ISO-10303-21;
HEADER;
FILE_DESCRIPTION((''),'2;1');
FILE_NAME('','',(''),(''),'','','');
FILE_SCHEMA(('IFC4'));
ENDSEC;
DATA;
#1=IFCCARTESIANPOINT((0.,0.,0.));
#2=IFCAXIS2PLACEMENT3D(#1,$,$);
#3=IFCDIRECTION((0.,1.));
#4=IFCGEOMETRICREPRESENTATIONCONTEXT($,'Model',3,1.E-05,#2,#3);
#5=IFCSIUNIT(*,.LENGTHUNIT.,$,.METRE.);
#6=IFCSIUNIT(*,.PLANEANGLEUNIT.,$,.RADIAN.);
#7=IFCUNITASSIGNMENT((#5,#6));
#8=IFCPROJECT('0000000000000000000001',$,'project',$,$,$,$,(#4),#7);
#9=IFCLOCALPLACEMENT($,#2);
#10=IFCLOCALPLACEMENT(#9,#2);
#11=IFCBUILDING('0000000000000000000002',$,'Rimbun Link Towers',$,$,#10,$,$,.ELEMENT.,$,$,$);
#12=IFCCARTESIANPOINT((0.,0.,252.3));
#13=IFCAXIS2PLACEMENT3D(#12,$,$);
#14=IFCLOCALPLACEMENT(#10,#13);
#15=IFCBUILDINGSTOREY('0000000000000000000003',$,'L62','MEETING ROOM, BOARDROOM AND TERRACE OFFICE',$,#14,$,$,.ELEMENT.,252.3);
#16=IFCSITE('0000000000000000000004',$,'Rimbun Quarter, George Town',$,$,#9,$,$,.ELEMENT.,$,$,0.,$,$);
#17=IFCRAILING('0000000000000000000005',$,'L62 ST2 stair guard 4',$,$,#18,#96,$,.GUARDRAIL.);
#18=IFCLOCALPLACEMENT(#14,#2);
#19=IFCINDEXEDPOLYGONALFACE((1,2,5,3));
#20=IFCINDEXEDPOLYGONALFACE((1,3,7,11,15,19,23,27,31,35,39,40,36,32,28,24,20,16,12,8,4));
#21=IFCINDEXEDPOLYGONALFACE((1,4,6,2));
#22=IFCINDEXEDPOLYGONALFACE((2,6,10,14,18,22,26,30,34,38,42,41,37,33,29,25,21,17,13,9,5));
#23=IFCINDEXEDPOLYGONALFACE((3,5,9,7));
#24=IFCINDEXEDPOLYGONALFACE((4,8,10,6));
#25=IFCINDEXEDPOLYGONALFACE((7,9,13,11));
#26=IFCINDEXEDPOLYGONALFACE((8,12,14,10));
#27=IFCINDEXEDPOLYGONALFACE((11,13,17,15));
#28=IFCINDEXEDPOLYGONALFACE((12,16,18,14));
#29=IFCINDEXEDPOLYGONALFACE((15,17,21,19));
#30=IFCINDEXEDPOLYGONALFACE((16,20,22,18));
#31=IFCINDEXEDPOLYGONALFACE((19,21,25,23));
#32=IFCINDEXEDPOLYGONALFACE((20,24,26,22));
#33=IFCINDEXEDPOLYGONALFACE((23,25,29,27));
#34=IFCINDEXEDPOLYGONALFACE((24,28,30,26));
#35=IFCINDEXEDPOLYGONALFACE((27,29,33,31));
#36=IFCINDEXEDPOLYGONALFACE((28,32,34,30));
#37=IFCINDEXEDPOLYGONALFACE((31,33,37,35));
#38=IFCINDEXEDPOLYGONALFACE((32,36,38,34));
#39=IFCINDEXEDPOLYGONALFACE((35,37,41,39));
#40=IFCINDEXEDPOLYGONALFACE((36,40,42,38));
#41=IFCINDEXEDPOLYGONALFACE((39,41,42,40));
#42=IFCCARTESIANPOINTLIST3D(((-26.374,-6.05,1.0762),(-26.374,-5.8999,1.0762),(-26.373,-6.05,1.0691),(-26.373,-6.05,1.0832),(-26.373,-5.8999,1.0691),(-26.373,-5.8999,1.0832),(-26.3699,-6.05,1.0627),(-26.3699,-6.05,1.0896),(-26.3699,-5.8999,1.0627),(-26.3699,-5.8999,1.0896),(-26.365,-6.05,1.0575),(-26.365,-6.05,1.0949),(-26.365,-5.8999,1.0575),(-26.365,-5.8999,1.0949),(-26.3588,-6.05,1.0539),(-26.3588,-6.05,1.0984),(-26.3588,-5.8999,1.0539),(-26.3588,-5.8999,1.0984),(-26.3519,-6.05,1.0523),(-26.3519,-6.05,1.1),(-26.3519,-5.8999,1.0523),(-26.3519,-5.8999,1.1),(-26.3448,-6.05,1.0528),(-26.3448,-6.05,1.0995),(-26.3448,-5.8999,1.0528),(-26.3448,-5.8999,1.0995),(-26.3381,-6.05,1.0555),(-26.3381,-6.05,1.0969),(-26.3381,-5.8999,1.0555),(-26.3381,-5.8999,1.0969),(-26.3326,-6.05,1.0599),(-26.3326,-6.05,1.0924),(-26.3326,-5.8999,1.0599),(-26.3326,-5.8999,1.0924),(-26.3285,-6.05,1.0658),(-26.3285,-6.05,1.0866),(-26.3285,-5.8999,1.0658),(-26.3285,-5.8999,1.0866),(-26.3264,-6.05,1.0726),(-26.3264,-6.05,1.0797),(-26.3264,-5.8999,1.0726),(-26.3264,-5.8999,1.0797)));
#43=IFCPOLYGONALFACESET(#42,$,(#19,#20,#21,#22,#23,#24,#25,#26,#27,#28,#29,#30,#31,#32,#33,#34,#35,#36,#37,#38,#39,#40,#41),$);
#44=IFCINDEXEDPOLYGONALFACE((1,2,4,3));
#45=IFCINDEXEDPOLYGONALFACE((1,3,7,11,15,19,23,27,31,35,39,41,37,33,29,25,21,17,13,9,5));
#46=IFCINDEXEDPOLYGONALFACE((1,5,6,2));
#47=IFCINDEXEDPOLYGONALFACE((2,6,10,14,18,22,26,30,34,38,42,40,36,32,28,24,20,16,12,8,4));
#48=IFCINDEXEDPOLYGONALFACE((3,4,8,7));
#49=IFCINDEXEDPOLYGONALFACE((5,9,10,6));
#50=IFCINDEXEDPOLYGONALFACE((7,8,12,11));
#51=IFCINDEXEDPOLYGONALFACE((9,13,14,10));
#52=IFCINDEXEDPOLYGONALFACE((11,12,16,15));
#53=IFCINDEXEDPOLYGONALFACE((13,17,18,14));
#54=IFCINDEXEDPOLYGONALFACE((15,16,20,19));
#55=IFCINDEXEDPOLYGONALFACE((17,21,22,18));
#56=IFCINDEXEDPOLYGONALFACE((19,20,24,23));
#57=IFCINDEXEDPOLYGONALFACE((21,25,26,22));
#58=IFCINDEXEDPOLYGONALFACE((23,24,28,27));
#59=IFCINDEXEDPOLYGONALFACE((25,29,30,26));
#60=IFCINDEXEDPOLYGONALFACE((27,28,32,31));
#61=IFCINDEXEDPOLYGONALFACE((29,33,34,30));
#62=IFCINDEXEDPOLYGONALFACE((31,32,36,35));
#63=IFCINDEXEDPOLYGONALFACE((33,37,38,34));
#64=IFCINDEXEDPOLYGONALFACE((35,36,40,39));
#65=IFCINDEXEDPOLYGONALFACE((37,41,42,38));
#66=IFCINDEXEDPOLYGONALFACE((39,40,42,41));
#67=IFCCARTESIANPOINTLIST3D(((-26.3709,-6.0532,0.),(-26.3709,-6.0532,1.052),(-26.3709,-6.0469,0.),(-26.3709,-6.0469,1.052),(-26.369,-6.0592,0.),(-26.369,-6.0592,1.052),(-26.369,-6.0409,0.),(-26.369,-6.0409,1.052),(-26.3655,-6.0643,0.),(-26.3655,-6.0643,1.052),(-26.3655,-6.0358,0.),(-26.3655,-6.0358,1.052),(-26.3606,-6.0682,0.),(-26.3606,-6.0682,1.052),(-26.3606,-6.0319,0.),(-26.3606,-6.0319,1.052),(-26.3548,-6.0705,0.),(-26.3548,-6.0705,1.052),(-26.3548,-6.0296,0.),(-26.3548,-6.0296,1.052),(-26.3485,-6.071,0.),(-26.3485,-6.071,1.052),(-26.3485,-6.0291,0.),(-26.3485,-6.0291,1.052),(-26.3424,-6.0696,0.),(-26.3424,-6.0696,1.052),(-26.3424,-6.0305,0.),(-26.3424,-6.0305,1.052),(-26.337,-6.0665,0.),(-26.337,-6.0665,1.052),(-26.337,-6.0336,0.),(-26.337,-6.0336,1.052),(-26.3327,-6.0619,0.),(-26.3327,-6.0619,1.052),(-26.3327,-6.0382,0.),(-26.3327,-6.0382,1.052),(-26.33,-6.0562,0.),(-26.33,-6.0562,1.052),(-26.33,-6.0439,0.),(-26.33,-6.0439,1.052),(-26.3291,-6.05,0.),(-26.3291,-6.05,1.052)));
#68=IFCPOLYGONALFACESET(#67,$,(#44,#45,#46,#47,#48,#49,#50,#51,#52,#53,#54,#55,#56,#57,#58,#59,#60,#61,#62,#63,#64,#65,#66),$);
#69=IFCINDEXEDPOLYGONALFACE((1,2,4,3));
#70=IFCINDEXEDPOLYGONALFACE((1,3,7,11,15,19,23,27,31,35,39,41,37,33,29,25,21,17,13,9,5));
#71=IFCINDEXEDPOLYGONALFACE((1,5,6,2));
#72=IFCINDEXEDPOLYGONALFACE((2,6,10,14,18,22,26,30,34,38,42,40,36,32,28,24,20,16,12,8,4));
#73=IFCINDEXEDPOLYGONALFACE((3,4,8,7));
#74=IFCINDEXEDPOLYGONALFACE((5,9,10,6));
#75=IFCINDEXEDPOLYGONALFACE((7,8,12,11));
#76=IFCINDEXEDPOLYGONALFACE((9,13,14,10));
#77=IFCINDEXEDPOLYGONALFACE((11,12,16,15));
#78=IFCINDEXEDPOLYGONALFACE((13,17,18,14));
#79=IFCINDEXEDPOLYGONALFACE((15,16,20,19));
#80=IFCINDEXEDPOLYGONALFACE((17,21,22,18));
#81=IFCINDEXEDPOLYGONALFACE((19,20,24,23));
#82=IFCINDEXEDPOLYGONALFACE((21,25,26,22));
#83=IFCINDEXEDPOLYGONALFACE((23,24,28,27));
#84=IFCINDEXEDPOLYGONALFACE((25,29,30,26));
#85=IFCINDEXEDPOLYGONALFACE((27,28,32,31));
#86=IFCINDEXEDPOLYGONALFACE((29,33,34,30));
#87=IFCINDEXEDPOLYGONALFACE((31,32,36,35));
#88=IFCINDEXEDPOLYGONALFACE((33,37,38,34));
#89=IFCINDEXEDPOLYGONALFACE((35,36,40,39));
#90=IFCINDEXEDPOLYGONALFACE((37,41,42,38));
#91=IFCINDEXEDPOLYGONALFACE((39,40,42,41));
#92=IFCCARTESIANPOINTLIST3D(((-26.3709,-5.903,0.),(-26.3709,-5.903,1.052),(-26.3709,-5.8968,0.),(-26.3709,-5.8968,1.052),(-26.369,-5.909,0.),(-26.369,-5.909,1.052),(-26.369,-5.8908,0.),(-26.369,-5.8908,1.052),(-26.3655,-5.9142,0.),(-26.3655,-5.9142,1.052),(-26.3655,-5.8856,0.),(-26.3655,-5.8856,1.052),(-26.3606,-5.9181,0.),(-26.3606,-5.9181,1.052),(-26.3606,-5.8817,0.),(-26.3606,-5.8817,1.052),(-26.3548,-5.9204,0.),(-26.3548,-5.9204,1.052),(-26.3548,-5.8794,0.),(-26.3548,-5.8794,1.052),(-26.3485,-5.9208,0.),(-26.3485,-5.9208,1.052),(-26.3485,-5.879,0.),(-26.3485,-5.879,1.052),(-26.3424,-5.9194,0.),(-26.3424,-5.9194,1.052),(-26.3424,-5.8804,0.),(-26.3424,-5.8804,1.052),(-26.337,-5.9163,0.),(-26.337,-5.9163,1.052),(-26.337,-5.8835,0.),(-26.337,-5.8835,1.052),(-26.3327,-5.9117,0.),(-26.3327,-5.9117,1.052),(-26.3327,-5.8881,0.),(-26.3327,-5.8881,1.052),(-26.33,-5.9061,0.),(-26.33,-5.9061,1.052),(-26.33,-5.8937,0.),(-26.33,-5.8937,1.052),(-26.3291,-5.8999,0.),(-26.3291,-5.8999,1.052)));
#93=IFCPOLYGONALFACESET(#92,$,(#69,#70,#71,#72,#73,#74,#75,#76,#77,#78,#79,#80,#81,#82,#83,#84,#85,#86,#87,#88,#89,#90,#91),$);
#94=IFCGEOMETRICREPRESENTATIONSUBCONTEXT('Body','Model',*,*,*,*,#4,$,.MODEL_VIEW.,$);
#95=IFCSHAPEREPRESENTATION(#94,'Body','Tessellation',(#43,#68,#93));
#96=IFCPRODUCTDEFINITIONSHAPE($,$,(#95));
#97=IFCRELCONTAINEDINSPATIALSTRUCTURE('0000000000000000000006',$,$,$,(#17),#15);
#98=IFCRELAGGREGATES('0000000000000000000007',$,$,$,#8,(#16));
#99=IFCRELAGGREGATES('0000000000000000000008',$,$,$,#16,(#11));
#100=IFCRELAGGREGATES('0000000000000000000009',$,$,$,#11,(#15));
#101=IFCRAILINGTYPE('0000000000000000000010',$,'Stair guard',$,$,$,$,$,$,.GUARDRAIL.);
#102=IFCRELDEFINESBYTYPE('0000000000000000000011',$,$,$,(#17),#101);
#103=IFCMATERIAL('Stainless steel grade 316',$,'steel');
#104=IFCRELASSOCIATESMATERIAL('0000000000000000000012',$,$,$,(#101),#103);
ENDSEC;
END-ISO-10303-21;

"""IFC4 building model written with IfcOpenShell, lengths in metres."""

from ifc_helpers import new_model, si_unit, direction, frame, origin, origin_2d, place, context, subcontext, project, spatial, circle, extrude, material, type_object, element, save


model = new_model("IFC4")

# Units and contexts
model_context = context("Model", 3, precision=1e-05, world=origin(), true_north=direction((0.0, 1.0)))
body_context = subcontext(model_context, "Body", "Model", "MODEL_VIEW")
ifc_project = project(units=[si_unit("LENGTHUNIT", "METRE"), si_unit("PLANEANGLEUNIT", "RADIAN")], contexts=[model_context])

# Site, building, storey
site_placement = place(None, origin())
site = spatial("IfcSite", under=ifc_project, at=site_placement, Name="Rimbun Quarter, George Town", CompositionType="ELEMENT", RefElevation=0.0)
building_placement = place(site_placement, origin())
building = spatial("IfcBuilding", under=site, at=building_placement, Name="Rimbun Link Towers", CompositionType="ELEMENT")
storey_placement = place(building_placement, frame((0.0, 0.0, 252.3)))
storey = spatial("IfcBuildingStorey", under=building, at=storey_placement, Name="L62", Description="MEETING ROOM, BOARDROOM AND TERRACE OFFICE", CompositionType="ELEMENT", Elevation=252.3)

# Railing
ifc_material_1 = material(Name="Stainless steel grade 316", Category="steel")
railing_type_1 = type_object("IfcRailingType", Name="Stair guard", PredefinedType="GUARDRAIL", material=ifc_material_1)
railing_1_placement = place(storey_placement, frame((-26.3501, -6.05, 0.0)))
element("IfcRailing", 1, at=railing_1_placement, inside=storey, type_object=railing_type_1, Name="L62 ST2 stair guard 4", PredefinedType="GUARDRAIL", context=body_context, shape_type="SweptSolid", body=[
    extrude(circle(Radius=0.0239, at=origin_2d()), frame((0.0, 0.0, 1.0762), z_axis=(0.0, 1.0, 0.0), x_axis=(-1.0, 0.0, 0.0)), (0.0, 0.0, 1.0), 0.1501),
    extrude(circle(Radius=0.021, at=origin_2d()), origin(), (0.0, 0.0, 1.0), 1.052),
    extrude(circle(Radius=0.021, at=origin_2d()), frame((0.0, 0.1501, 0.0)), (0.0, 0.0, 1.0), 1.052),
])

save(model, "model.ifc")
